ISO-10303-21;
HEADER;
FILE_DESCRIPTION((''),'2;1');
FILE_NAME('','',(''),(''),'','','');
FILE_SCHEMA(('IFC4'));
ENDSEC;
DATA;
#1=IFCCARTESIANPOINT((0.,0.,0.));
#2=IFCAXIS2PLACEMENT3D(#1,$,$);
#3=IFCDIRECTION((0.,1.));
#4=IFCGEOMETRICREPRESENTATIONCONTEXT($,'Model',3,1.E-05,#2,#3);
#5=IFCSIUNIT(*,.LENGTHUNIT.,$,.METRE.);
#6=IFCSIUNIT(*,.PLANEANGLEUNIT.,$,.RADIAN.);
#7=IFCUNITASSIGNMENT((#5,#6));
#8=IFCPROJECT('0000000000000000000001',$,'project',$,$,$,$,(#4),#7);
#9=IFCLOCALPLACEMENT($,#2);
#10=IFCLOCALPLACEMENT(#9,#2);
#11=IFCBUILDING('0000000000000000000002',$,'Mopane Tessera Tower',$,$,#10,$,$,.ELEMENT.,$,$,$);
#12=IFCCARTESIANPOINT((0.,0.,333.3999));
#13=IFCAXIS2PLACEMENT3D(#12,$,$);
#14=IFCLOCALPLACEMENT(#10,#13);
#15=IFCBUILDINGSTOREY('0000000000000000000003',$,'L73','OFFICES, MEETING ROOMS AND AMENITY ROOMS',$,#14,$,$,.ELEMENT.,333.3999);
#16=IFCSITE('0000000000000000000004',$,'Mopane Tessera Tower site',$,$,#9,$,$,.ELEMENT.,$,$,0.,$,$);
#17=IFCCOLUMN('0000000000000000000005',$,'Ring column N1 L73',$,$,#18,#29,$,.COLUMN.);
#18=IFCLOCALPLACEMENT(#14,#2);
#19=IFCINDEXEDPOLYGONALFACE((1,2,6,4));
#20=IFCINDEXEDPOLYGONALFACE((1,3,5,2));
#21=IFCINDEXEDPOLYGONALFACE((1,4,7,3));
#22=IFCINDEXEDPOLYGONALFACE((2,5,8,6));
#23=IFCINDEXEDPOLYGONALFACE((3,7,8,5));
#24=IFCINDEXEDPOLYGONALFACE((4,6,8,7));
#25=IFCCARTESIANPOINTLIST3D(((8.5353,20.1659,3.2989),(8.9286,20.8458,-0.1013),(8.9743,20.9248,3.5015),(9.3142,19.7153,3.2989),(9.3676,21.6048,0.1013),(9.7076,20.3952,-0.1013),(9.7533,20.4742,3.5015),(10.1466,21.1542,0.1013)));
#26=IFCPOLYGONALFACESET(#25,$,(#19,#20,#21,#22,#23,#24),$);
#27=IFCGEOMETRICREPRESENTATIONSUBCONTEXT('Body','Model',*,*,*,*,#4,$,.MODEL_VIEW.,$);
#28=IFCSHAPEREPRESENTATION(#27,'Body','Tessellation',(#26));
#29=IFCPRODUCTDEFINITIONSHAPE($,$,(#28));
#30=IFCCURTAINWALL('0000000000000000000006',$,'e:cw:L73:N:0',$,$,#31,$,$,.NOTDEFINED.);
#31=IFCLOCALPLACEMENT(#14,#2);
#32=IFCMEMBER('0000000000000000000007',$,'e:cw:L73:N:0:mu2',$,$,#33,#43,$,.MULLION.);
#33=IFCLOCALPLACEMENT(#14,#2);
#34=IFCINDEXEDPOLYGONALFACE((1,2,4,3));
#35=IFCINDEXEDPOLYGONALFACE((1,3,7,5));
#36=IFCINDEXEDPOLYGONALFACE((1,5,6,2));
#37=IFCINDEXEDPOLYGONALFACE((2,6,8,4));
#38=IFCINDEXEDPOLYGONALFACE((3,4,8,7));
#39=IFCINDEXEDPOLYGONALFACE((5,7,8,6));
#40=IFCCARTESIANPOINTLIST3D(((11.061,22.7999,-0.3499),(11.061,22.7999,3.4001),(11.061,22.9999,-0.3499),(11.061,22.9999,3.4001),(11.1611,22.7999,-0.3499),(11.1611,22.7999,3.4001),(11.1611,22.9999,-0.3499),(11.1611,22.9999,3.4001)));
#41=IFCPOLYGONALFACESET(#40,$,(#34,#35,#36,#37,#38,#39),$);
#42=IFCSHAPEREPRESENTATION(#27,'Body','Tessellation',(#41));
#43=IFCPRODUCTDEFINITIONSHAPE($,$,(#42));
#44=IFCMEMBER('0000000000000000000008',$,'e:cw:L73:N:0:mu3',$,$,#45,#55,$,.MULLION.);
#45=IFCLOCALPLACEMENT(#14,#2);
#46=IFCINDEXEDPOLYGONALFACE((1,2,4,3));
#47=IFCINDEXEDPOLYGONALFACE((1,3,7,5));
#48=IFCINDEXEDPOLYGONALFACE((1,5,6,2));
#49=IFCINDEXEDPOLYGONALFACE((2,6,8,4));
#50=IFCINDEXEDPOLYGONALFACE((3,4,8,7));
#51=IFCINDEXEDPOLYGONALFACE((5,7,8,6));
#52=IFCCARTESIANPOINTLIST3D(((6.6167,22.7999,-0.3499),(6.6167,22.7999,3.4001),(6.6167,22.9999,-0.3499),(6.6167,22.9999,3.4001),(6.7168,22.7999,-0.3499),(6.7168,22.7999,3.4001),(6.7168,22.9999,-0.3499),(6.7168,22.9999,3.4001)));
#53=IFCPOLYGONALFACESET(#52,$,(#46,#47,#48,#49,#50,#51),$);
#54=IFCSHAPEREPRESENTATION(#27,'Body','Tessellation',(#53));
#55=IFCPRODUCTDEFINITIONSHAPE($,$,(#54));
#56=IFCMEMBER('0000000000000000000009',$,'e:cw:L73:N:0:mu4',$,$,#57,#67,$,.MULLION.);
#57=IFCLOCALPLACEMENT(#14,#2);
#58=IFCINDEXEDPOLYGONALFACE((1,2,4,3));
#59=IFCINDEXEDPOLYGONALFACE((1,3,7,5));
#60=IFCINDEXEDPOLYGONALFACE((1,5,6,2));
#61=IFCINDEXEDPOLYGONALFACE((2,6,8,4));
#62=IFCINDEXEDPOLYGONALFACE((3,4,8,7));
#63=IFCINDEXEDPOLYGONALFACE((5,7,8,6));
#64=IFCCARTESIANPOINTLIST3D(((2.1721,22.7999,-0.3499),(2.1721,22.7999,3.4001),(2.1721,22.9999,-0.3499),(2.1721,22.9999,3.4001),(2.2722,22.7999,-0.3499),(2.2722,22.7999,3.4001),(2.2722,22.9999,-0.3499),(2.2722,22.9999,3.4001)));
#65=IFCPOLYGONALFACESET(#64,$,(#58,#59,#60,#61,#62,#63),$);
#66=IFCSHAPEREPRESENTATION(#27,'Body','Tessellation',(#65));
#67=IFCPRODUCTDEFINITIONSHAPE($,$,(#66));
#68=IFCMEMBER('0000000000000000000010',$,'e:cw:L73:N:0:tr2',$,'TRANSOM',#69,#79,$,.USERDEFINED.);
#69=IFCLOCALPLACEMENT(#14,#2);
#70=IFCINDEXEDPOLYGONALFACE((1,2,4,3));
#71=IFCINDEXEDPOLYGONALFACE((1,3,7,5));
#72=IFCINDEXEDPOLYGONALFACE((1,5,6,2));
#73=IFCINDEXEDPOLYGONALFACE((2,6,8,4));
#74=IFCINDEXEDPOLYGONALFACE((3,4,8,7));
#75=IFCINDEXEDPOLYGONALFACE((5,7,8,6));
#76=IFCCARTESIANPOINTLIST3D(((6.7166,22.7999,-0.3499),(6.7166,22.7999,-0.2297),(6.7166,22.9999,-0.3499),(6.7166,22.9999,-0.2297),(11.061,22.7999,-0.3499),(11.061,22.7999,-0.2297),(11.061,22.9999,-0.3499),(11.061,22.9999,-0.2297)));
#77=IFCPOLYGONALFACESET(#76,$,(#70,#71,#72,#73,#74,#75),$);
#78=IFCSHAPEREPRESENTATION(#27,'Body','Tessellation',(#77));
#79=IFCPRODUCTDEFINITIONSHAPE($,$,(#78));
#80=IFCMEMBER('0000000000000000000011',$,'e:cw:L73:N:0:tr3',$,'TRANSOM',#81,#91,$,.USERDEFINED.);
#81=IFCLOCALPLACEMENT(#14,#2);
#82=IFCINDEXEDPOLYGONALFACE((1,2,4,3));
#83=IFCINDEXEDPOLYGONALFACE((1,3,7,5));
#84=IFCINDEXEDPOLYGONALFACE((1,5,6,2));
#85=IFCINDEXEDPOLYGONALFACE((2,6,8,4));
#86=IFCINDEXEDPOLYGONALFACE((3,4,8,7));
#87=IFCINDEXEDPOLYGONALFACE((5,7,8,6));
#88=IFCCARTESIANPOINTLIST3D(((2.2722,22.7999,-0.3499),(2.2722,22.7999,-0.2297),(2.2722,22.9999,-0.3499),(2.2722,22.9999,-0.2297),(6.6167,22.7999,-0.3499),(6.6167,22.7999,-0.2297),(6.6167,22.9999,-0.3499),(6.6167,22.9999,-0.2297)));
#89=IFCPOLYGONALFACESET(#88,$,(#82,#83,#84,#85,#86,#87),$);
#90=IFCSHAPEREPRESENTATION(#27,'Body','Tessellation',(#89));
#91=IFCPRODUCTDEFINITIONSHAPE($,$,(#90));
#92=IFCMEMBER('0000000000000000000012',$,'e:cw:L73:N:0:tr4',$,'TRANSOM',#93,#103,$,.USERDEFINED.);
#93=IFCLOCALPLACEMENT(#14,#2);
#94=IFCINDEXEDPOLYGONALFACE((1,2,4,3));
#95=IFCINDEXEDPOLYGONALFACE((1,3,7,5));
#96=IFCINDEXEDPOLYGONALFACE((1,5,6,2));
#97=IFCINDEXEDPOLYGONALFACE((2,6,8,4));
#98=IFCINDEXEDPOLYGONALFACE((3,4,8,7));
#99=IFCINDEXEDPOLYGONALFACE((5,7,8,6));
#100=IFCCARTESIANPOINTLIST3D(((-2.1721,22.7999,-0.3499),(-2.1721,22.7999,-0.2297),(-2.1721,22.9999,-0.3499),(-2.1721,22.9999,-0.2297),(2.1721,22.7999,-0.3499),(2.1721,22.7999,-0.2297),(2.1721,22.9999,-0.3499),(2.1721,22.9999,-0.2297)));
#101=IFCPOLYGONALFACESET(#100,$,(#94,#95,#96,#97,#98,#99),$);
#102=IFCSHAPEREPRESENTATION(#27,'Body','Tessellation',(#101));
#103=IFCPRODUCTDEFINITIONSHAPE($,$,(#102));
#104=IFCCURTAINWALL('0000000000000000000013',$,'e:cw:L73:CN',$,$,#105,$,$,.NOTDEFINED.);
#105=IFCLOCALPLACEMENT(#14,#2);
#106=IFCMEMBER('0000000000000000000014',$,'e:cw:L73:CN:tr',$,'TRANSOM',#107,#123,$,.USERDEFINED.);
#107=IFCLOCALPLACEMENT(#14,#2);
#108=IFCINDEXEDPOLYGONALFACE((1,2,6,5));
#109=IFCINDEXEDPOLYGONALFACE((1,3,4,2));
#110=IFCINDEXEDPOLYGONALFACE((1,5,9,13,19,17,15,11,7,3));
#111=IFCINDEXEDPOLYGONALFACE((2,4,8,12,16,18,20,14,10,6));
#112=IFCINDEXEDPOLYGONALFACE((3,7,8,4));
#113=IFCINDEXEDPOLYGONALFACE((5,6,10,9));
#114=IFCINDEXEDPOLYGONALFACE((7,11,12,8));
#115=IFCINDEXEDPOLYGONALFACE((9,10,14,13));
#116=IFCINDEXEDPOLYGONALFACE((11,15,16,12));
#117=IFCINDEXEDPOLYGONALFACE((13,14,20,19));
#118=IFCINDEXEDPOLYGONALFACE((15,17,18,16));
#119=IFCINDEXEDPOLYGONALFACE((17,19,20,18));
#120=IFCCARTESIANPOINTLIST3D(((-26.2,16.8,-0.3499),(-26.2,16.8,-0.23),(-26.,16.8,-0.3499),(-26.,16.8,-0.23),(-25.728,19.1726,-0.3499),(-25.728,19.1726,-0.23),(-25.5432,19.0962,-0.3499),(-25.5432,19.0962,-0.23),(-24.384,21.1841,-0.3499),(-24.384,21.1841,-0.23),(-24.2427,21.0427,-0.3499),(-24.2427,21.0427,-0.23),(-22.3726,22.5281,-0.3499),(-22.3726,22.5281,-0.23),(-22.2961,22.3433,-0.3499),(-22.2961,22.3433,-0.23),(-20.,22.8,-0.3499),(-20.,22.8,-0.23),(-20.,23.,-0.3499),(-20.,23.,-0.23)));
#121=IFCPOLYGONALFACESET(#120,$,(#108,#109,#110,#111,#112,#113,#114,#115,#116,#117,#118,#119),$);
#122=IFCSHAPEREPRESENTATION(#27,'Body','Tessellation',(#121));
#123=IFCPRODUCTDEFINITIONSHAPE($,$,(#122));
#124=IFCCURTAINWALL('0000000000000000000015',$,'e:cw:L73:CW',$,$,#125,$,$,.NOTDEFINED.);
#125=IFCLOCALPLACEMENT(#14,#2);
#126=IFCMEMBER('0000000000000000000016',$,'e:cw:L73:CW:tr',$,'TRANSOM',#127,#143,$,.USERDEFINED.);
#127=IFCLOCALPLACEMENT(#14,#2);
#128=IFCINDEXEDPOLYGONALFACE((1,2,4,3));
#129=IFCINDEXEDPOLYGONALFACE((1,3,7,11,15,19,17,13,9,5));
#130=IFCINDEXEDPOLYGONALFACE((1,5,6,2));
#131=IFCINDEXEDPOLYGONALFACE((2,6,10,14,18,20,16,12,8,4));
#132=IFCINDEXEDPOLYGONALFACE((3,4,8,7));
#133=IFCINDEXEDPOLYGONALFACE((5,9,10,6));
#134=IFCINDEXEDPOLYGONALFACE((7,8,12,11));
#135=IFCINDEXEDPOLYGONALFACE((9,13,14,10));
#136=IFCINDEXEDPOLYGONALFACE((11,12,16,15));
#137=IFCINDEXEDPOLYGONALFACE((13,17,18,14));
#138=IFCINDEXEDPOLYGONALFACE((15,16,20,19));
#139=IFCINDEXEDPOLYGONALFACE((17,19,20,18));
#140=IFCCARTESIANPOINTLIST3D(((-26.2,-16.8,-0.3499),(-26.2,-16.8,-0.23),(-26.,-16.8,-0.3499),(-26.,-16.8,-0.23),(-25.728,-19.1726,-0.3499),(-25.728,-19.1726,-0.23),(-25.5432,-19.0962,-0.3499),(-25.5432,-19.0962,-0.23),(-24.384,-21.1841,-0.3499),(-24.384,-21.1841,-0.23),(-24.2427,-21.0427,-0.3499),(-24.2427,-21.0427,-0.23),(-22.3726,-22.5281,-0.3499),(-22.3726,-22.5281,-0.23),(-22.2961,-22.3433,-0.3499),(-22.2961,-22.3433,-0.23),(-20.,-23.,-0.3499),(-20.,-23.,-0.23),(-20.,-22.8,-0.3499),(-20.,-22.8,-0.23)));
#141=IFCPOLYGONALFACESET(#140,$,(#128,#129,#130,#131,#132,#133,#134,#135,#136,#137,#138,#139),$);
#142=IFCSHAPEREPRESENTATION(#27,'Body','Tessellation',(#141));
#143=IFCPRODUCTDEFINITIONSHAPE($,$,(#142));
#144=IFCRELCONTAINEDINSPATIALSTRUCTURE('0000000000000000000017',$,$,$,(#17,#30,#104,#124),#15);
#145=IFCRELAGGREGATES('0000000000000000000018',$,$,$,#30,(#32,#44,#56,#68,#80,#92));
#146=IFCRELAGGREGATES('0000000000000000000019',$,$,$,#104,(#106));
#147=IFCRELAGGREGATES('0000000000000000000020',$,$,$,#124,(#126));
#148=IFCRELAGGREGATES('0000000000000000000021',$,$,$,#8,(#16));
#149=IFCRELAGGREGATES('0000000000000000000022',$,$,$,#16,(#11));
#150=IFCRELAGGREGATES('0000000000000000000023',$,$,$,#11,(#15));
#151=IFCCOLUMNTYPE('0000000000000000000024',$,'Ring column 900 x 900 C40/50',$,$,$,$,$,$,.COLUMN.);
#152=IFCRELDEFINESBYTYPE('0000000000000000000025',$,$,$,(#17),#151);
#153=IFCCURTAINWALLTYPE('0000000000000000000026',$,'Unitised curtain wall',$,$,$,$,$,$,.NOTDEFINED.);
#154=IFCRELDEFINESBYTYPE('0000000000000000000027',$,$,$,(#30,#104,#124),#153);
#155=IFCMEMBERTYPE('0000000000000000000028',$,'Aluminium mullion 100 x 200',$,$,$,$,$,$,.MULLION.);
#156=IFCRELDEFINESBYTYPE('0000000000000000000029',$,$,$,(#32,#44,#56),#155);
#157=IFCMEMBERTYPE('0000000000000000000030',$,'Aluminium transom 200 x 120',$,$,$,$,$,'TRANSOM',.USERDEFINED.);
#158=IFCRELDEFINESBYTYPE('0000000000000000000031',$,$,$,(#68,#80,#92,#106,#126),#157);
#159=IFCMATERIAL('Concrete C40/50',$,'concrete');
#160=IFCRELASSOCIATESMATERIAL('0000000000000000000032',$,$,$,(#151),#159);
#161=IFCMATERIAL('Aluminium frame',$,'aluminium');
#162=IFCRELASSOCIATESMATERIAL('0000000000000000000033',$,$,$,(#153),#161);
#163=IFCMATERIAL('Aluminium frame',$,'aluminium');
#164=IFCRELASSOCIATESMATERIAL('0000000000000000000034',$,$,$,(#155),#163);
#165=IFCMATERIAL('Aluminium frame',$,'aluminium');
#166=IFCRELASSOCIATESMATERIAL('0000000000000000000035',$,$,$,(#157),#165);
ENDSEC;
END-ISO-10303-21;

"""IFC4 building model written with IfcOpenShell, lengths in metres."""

from ifc_helpers import new_model, si_unit, direction, frame, origin, origin_2d, place, context, subcontext, project, spatial, polyline, rectangle, outline, extrude, material, material_profile, profile_set, type_object, element, aggregate, save


model = new_model("IFC4")

# Units and contexts
model_context = context("Model", 3, precision=1e-05, world=origin(), true_north=direction((0.0, 1.0)))
body_context = subcontext(model_context, "Body", "Model", "MODEL_VIEW")
ifc_project = project(units=[si_unit("LENGTHUNIT", "METRE"), si_unit("PLANEANGLEUNIT", "RADIAN")], contexts=[model_context])

# Site, building, storey
site_placement = place(None, origin())
site = spatial("IfcSite", under=ifc_project, at=site_placement, Name="Mopane Tessera Tower site", CompositionType="ELEMENT", RefElevation=0.0)
building_placement = place(site_placement, origin())
building = spatial("IfcBuilding", under=site, at=building_placement, Name="Mopane Tessera Tower", CompositionType="ELEMENT")
storey_placement = place(building_placement, frame((0.0, 0.0, 333.3999)))
storey = spatial("IfcBuildingStorey", under=building, at=storey_placement, Name="L73", Description="OFFICES, MEETING ROOMS AND AMENITY ROOMS", CompositionType="ELEMENT", Elevation=333.3999)

# Column
ifc_material_1 = material(Name="Concrete C40/50", Category="concrete")
ifc_material_profile_1 = material_profile(ifc_material_1, rectangle(XDim=0.8999, YDim=0.8999, at=origin_2d()))
ifc_profile_set_1 = profile_set([ifc_material_profile_1], Name="Concrete C40/50")
column_type = type_object("IfcColumnType", Name="Ring column 900 x 900 C40/50", PredefinedType="COLUMN", material=ifc_profile_set_1)
column_placement = place(storey_placement, frame((9.5376, 21.0, 0.0), z_axis=(-0.112706, -0.19484, 0.974338), x_axis=(0.865611, -0.500718, 0.0)))
element("IfcColumn", 1, at=column_placement, inside=storey, type_object=column_type, Name="Ring column N1 L73", PredefinedType="COLUMN", context=body_context, shape_type="SweptSolid", body=[
    extrude(rectangle(XDim=0.8999, YDim=0.8999, at=origin_2d()), origin(), (0.0, 0.0, 1.0), 3.4897),
])

# Curtain wall, members
ifc_material_2 = material(Name="Aluminium frame", Category="aluminium")
curtain_wall_type = type_object("IfcCurtainWallType", Name="Unitised curtain wall", PredefinedType="NOTDEFINED", material=ifc_material_2)
curtain_wall_1_placement = place(storey_placement, origin())
curtain_wall_1 = element("IfcCurtainWall", 2, at=curtain_wall_1_placement, inside=storey, type_object=curtain_wall_type, Name="e:cw:L73:N:0", PredefinedType="NOTDEFINED")
ifc_material_3 = material(Name="Aluminium frame", Category="aluminium")
ifc_material_profile_2 = material_profile(ifc_material_3, rectangle(XDim=0.1001, YDim=0.2, at=origin_2d()))
ifc_profile_set_2 = profile_set([ifc_material_profile_2], Name="Aluminium frame")
member_type_1 = type_object("IfcMemberType", Name="Aluminium mullion 100 x 200", PredefinedType="MULLION", material=ifc_profile_set_2)
member_1_placement = place(storey_placement, frame((11.1111, 22.8999, -0.3499), z_axis=(0.0, 0.0, 1.0), x_axis=(-1.0, 0.0, 0.0)))
member_1 = element("IfcMember", 3, at=member_1_placement, type_object=member_type_1, Name="e:cw:L73:N:0:mu2", PredefinedType="MULLION", context=body_context, shape_type="SweptSolid", body=[
    extrude(rectangle(XDim=0.1001, YDim=0.2, at=origin_2d()), origin(), (0.0, 0.0, 1.0), 3.75),
])
member_2_placement = place(storey_placement, frame((6.6667, 22.8999, -0.3499), z_axis=(0.0, 0.0, 1.0), x_axis=(-1.0, 0.0, 0.0)))
member_2 = element("IfcMember", 4, at=member_2_placement, type_object=member_type_1, Name="e:cw:L73:N:0:mu3", PredefinedType="MULLION", context=body_context, shape_type="SweptSolid", body=[
    extrude(rectangle(XDim=0.1001, YDim=0.2, at=origin_2d()), origin(), (0.0, 0.0, 1.0), 3.75),
])
member_3_placement = place(storey_placement, frame((2.2222, 22.8999, -0.3499), z_axis=(0.0, 0.0, 1.0), x_axis=(-1.0, 0.0, 0.0)))
member_3 = element("IfcMember", 5, at=member_3_placement, type_object=member_type_1, Name="e:cw:L73:N:0:mu4", PredefinedType="MULLION", context=body_context, shape_type="SweptSolid", body=[
    extrude(rectangle(XDim=0.1001, YDim=0.2, at=origin_2d()), origin(), (0.0, 0.0, 1.0), 3.75),
])
ifc_material_4 = material(Name="Aluminium frame", Category="aluminium")
ifc_material_profile_3 = material_profile(ifc_material_4, rectangle(XDim=0.2, YDim=0.1201, at=origin_2d()))
ifc_profile_set_3 = profile_set([ifc_material_profile_3], Name="Aluminium frame")
member_type_2 = type_object("IfcMemberType", Name="Aluminium transom 200 x 120", ElementType="TRANSOM", PredefinedType="USERDEFINED", material=ifc_profile_set_3)
member_4_placement = place(storey_placement, frame((11.061, 22.8999, -0.2898), z_axis=(-1.0, 0.0, 0.0), x_axis=(0.0, -1.0, 0.0)))
member_4 = element("IfcMember", 6, at=member_4_placement, type_object=member_type_2, Name="e:cw:L73:N:0:tr2", ObjectType="TRANSOM", PredefinedType="USERDEFINED", context=body_context, shape_type="SweptSolid", body=[
    extrude(rectangle(XDim=0.2, YDim=0.1201, at=origin_2d()), origin(), (0.0, 0.0, 1.0), 4.3445),
])
member_5_placement = place(storey_placement, frame((6.6167, 22.8999, -0.2898), z_axis=(-1.0, 0.0, 0.0), x_axis=(0.0, -1.0, 0.0)))
member_5 = element("IfcMember", 7, at=member_5_placement, type_object=member_type_2, Name="e:cw:L73:N:0:tr3", ObjectType="TRANSOM", PredefinedType="USERDEFINED", context=body_context, shape_type="SweptSolid", body=[
    extrude(rectangle(XDim=0.2, YDim=0.1201, at=origin_2d()), origin(), (0.0, 0.0, 1.0), 4.3445),
])
member_6_placement = place(storey_placement, frame((2.1721, 22.8999, -0.2898), z_axis=(-1.0, 0.0, 0.0), x_axis=(0.0, -1.0, 0.0)))
member_6 = element("IfcMember", 8, at=member_6_placement, type_object=member_type_2, Name="e:cw:L73:N:0:tr4", ObjectType="TRANSOM", PredefinedType="USERDEFINED", context=body_context, shape_type="SweptSolid", body=[
    extrude(rectangle(XDim=0.2, YDim=0.1201, at=origin_2d()), origin(), (0.0, 0.0, 1.0), 4.3442),
])

# Curtain walls, members
curtain_wall_2_placement = place(storey_placement, origin())
curtain_wall_2 = element("IfcCurtainWall", 9, at=curtain_wall_2_placement, inside=storey, type_object=curtain_wall_type, Name="e:cw:L73:CN", PredefinedType="NOTDEFINED")
member_7_placement = place(storey_placement, frame((0.0, 0.0, -0.3499)))
member_7 = element("IfcMember", 10, at=member_7_placement, type_object=member_type_2, Name="e:cw:L73:CN:tr", ObjectType="TRANSOM", PredefinedType="USERDEFINED", context=body_context, shape_type="SweptSolid", body=[
    extrude(outline(polyline([(-20.0, 22.8), (-22.2961, 22.3433), (-24.2427, 21.0427), (-25.5432, 19.0962), (-26.0, 16.8), (-26.2, 16.8), (-25.728, 19.1726), (-24.384, 21.1841), (-22.3726, 22.5281), (-20.0, 23.0), (-20.0, 22.8)])), origin(), (0.0, 0.0, 1.0), 0.1199),
])
curtain_wall_3_placement = place(storey_placement, origin())
curtain_wall_3 = element("IfcCurtainWall", 11, at=curtain_wall_3_placement, inside=storey, type_object=curtain_wall_type, Name="e:cw:L73:CW", PredefinedType="NOTDEFINED")
member_8_placement = place(storey_placement, frame((0.0, 0.0, -0.3499)))
member_8 = element("IfcMember", 12, at=member_8_placement, type_object=member_type_2, Name="e:cw:L73:CW:tr", ObjectType="TRANSOM", PredefinedType="USERDEFINED", context=body_context, shape_type="SweptSolid", body=[
    extrude(outline(polyline([(-26.0, -16.8), (-25.5432, -19.0962), (-24.2427, -21.0427), (-22.2961, -22.3433), (-20.0, -22.8), (-20.0, -23.0), (-22.3726, -22.5281), (-24.384, -21.1841), (-25.728, -19.1726), (-26.2, -16.8), (-26.0, -16.8)])), origin(), (0.0, 0.0, 1.0), 0.1199),
])

aggregate(curtain_wall_1, [member_1, member_2, member_3, member_4, member_5, member_6])
aggregate(curtain_wall_2, [member_7])
aggregate(curtain_wall_3, [member_8])

save(model, "model.ifc")
